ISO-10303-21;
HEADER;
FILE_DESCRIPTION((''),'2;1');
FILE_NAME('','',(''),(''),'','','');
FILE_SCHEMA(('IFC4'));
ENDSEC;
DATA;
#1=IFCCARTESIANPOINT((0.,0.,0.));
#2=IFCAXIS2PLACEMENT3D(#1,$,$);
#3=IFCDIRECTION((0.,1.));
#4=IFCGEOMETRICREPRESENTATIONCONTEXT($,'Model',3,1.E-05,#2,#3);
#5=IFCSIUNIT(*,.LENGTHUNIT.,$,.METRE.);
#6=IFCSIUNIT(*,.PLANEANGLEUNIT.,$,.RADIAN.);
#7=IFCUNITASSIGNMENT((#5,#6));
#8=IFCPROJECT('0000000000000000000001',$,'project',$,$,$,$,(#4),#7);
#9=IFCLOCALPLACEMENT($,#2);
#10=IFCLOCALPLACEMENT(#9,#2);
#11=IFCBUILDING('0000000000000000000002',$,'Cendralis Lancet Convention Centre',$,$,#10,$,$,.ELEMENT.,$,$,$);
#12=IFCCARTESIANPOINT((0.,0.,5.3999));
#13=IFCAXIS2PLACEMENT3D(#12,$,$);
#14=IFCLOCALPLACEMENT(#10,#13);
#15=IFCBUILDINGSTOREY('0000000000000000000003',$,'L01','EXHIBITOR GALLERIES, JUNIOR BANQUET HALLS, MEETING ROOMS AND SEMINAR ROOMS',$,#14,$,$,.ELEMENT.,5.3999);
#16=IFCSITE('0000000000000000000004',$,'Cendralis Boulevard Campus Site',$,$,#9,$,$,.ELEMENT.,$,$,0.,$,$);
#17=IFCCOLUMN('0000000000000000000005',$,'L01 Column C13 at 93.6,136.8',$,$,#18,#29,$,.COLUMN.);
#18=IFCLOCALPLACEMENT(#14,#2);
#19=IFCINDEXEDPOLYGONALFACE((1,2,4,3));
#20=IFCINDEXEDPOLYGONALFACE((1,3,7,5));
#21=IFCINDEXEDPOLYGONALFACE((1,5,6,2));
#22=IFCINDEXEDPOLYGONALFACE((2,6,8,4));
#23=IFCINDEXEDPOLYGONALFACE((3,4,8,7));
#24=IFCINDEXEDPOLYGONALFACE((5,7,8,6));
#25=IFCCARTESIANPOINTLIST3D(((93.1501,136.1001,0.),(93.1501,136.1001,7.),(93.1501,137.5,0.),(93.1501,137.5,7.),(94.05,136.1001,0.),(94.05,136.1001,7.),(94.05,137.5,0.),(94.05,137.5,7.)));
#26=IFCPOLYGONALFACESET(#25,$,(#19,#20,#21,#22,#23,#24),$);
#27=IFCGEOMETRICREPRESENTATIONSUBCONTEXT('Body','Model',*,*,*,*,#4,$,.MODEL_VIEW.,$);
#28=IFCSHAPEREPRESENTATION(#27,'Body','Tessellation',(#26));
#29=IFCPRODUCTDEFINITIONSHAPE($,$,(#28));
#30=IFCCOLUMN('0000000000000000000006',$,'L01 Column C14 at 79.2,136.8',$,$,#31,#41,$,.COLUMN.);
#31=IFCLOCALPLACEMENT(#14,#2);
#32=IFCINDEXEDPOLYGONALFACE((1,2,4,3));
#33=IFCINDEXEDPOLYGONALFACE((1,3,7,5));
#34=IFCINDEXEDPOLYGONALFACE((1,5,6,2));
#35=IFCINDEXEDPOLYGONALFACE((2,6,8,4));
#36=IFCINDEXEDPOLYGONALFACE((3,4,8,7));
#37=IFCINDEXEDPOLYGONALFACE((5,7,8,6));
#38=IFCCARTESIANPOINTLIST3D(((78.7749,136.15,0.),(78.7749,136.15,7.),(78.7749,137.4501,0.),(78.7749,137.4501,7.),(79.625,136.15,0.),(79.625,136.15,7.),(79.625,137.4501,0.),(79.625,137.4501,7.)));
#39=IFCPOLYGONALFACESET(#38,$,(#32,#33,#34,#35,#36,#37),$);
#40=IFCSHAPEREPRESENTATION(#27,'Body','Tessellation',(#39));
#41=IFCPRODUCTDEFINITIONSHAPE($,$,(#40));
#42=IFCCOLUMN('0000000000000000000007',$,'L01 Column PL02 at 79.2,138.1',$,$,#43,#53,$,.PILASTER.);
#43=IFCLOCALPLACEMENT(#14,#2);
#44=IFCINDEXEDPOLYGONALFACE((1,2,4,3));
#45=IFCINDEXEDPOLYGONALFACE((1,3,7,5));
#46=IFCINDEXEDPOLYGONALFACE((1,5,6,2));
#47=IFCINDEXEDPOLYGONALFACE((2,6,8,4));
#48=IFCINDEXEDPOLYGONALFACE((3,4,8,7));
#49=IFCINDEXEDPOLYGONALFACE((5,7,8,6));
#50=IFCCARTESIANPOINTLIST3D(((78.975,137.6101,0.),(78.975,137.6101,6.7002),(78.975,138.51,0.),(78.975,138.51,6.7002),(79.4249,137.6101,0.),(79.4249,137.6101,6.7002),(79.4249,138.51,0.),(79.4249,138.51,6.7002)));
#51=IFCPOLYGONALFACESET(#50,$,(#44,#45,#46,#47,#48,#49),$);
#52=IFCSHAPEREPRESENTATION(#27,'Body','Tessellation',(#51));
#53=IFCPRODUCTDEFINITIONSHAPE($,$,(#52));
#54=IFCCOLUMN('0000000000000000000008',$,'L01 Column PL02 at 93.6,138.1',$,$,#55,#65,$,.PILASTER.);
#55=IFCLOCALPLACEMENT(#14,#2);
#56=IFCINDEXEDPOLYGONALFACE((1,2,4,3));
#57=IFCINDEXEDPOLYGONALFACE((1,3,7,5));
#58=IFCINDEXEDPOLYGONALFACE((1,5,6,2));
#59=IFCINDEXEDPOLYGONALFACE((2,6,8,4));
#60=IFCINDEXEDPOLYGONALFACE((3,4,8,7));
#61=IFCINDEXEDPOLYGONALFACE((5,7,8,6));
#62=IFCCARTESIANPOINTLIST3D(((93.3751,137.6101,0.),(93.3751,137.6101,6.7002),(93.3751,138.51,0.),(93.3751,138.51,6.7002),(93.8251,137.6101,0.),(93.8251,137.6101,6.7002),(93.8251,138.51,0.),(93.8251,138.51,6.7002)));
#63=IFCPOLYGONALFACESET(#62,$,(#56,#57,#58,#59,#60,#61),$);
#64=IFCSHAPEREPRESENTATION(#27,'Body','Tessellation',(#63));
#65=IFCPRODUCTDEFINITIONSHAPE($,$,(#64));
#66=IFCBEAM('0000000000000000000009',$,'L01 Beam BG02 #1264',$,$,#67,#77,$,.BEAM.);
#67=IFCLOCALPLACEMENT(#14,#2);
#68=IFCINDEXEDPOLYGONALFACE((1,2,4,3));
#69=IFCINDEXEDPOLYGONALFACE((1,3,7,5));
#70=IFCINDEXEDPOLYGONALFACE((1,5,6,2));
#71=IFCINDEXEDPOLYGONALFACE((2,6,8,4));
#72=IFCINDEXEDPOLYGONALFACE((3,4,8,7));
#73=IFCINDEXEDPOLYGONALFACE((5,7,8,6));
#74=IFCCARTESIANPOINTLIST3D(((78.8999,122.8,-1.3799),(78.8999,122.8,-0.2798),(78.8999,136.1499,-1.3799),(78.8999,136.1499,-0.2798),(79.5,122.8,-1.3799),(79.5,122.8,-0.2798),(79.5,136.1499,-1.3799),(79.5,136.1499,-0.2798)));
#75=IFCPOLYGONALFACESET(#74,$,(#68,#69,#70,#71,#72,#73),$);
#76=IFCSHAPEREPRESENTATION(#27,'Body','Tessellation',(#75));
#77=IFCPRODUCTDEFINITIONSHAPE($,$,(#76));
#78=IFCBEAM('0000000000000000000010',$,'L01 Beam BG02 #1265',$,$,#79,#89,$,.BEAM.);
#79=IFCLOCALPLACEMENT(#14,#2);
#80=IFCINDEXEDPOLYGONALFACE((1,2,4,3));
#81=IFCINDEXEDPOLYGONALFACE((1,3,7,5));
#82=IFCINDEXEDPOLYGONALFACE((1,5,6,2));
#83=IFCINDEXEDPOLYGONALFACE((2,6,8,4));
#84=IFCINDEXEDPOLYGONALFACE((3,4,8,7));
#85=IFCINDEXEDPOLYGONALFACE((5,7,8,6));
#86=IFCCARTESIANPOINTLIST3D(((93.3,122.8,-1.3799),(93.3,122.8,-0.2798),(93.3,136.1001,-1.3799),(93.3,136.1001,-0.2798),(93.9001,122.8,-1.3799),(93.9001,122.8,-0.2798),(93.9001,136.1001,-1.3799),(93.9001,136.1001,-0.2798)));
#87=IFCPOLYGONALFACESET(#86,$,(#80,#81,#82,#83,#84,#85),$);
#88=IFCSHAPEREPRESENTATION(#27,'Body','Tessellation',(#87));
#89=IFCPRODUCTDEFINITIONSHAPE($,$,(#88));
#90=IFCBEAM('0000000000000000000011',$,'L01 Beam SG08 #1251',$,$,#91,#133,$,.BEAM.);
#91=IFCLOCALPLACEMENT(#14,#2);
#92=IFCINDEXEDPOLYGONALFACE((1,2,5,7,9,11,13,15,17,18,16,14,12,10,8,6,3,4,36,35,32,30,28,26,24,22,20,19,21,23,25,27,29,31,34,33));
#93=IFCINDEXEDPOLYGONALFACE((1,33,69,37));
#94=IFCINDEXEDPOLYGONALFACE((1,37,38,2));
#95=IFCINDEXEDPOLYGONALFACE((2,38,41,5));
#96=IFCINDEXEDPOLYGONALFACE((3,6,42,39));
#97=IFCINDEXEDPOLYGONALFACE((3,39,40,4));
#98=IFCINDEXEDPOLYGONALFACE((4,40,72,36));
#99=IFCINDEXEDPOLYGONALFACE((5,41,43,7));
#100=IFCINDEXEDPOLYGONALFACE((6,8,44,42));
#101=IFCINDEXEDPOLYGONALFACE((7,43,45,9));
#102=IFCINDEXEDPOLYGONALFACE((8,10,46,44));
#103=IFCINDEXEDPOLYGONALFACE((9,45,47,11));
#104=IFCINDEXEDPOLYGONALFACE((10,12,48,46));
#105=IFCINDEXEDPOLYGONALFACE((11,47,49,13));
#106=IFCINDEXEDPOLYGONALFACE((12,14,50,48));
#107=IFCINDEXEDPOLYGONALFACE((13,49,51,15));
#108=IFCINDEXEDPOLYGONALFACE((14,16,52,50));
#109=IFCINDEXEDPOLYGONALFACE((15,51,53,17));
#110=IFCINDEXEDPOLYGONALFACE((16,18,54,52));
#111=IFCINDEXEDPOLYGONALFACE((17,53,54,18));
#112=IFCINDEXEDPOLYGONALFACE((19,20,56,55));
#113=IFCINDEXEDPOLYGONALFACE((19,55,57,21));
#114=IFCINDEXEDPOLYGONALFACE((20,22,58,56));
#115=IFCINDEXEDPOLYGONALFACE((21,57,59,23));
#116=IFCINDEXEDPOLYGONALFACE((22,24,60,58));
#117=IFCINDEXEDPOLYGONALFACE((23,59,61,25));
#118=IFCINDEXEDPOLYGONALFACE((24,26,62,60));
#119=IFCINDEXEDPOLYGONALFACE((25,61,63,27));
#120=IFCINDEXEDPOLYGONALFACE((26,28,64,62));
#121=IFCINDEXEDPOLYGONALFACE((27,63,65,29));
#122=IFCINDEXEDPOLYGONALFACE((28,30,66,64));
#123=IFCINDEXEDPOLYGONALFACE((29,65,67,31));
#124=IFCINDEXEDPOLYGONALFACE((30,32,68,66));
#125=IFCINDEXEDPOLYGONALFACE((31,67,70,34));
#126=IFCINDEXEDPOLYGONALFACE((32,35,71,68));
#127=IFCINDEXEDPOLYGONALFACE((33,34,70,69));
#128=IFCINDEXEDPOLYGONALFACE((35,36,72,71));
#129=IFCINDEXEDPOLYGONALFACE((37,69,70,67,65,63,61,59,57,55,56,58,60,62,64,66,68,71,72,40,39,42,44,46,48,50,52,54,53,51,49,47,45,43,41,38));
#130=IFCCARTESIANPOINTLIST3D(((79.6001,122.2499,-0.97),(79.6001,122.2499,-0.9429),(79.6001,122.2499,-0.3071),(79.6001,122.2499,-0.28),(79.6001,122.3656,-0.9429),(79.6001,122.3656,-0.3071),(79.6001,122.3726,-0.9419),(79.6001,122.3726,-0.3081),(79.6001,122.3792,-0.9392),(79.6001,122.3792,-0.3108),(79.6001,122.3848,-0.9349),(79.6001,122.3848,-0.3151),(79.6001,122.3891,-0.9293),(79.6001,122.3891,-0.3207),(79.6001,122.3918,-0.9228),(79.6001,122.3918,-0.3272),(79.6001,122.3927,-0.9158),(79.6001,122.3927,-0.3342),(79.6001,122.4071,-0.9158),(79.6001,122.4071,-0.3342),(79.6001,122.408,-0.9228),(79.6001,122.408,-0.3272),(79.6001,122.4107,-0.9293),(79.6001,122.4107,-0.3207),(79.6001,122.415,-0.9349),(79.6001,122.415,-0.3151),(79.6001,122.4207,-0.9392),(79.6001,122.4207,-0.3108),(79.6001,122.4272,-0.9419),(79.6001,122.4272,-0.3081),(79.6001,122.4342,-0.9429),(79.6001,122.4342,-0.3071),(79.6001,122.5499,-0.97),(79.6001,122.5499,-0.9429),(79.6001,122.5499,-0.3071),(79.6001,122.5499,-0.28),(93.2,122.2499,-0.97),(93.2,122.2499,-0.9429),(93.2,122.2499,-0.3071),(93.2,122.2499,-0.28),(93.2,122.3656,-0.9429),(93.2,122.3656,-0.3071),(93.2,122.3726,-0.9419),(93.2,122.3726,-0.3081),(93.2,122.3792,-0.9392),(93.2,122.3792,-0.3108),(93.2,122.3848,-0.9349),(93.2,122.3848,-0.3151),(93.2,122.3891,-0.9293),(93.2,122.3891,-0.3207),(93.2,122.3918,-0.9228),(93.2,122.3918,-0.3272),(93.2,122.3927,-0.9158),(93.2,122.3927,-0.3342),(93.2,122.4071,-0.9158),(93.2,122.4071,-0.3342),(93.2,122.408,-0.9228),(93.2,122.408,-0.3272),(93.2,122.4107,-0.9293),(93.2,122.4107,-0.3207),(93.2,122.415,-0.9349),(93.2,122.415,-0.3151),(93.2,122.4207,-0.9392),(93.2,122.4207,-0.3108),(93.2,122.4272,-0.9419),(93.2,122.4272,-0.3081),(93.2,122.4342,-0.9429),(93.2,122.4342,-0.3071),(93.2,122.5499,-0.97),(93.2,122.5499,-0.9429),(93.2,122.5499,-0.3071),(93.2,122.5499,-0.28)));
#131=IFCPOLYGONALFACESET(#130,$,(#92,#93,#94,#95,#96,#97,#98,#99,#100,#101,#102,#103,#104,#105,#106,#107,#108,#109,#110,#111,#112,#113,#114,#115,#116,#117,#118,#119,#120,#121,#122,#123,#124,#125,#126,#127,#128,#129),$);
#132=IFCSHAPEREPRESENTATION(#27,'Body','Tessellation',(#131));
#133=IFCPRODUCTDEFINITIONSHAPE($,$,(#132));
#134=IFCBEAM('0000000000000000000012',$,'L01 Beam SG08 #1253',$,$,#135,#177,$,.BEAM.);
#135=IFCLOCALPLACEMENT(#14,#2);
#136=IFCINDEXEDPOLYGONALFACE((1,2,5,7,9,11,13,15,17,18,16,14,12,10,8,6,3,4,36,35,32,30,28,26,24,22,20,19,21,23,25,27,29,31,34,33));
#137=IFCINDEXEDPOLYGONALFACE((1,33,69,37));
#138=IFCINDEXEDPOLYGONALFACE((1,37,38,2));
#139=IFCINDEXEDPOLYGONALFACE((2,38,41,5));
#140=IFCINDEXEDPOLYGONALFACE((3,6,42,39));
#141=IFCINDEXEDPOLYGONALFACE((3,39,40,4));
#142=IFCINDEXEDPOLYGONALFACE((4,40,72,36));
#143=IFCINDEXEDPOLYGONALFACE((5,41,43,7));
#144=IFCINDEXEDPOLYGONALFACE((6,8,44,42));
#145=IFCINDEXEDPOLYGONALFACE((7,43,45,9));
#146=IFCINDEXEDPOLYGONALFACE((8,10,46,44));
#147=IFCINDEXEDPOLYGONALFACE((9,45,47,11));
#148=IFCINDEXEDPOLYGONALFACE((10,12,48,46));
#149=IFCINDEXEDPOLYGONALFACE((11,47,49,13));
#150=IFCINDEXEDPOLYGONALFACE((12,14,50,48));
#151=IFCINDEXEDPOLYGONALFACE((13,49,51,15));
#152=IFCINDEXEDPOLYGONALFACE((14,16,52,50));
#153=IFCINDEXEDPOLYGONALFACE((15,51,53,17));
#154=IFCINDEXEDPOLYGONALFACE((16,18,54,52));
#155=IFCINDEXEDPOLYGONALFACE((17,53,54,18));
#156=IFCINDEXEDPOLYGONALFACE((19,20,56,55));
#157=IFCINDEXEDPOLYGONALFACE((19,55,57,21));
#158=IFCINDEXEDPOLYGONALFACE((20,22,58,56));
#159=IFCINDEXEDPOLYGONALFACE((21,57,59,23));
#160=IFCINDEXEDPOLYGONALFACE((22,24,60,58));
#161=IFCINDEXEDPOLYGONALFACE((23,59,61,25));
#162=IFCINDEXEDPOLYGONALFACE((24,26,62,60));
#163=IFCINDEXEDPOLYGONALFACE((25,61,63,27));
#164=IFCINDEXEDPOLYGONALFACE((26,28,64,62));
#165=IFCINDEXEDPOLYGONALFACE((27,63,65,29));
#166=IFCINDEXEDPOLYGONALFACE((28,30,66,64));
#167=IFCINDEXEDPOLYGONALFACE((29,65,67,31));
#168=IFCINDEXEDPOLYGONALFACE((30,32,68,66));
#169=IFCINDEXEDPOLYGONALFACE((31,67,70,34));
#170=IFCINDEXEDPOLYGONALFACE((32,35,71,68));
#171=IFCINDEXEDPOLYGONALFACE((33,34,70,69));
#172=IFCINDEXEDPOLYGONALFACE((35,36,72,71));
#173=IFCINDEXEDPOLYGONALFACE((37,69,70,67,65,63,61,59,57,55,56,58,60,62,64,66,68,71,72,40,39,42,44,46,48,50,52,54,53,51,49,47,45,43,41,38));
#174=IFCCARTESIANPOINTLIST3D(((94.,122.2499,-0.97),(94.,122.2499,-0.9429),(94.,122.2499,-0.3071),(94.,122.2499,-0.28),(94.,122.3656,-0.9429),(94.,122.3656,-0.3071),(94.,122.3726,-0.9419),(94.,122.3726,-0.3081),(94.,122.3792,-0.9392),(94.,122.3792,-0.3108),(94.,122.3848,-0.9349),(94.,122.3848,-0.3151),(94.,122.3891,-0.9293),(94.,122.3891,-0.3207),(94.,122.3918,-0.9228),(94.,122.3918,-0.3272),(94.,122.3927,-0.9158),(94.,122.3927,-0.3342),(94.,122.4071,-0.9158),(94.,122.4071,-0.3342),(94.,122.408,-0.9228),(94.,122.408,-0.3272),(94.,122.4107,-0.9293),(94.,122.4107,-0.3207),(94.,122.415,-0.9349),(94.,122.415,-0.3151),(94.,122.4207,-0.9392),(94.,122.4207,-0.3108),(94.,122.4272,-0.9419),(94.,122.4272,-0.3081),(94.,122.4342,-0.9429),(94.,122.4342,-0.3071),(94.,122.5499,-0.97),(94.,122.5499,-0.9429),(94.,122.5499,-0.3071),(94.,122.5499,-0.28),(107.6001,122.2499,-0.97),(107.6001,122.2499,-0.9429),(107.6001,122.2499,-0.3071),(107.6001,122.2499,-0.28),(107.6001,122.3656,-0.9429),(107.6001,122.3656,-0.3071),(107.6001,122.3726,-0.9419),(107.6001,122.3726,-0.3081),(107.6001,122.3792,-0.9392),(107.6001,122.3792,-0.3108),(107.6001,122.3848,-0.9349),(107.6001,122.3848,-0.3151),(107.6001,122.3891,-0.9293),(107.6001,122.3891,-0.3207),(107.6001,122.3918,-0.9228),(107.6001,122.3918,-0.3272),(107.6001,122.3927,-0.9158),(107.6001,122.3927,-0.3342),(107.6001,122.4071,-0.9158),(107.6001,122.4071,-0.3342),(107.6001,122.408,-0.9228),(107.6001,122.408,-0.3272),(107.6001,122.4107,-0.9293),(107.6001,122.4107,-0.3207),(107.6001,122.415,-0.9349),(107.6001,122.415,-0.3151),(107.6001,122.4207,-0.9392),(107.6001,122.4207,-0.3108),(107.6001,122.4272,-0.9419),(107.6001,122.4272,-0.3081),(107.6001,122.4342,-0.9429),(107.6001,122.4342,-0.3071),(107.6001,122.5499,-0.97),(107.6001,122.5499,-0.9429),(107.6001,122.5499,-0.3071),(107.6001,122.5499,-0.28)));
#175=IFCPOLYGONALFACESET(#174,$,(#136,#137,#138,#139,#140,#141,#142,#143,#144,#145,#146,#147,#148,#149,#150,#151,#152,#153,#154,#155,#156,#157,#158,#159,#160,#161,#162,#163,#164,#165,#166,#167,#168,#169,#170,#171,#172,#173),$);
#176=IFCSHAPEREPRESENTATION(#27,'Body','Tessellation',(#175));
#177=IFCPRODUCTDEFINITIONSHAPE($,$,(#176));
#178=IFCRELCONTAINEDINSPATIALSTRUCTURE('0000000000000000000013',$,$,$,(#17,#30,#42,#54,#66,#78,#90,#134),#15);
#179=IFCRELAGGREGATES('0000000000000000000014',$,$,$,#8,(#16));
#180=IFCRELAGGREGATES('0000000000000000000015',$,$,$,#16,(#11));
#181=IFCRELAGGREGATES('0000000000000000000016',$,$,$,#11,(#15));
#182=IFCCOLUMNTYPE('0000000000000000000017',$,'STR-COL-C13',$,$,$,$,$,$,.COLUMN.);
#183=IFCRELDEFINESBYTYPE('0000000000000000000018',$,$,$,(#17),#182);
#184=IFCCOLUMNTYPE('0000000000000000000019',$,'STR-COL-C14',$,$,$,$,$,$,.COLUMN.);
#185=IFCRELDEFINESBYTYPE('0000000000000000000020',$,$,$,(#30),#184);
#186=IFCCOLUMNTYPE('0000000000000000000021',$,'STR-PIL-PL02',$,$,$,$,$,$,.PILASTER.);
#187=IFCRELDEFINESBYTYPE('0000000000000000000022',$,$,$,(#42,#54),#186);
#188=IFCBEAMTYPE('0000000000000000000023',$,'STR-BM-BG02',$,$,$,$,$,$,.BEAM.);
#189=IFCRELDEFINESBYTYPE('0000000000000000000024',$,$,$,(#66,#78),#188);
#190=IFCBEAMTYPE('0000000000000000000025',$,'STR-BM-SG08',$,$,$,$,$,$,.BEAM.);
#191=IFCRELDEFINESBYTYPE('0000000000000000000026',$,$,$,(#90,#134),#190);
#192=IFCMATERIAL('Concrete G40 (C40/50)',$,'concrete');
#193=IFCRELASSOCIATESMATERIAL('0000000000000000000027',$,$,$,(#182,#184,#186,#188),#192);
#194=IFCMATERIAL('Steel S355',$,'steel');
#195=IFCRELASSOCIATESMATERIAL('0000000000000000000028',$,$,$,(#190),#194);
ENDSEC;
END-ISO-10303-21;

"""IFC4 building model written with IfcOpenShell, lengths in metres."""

from ifc_helpers import new_model, si_unit, direction, frame, origin, origin_2d, place, context, subcontext, project, spatial, rectangle, i_section, extrude, material, material_profile, profile_set, type_object, element, save


model = new_model("IFC4")

# Units and contexts
model_context = context("Model", 3, precision=1e-05, world=origin(), true_north=direction((0.0, 1.0)))
body_context = subcontext(model_context, "Body", "Model", "MODEL_VIEW")
ifc_project = project(units=[si_unit("LENGTHUNIT", "METRE"), si_unit("PLANEANGLEUNIT", "RADIAN")], contexts=[model_context])

# Site, building, storey
site_placement = place(None, origin())
site = spatial("IfcSite", under=ifc_project, at=site_placement, Name="Cendralis Boulevard Campus Site", CompositionType="ELEMENT", RefElevation=0.0)
building_placement = place(site_placement, origin())
building = spatial("IfcBuilding", under=site, at=building_placement, Name="Cendralis Lancet Convention Centre", CompositionType="ELEMENT")
storey_placement = place(building_placement, frame((0.0, 0.0, 5.3999)))
storey = spatial("IfcBuildingStorey", under=building, at=storey_placement, Name="L01", Description="EXHIBITOR GALLERIES, JUNIOR BANQUET HALLS, MEETING ROOMS AND SEMINAR ROOMS", CompositionType="ELEMENT", Elevation=5.3999)

# Columns
ifc_material_1 = material(Name="Concrete G40 (C40/50)", Category="concrete")
ifc_material_profile_1 = material_profile(ifc_material_1, rectangle(XDim=0.8999, YDim=1.3999, at=origin_2d()), Name="RC 900x1400")
ifc_profile_set_1 = profile_set([ifc_material_profile_1], Name="Concrete G40 (C40/50)")
column_type_1 = type_object("IfcColumnType", Name="STR-COL-C13", PredefinedType="COLUMN", material=ifc_profile_set_1)
column_1_placement = place(storey_placement, frame((93.6001, 136.8, 0.0), z_axis=(0.0, 0.0, 1.0), x_axis=(1.0, 0.0, 0.0)))
element("IfcColumn", 1, at=column_1_placement, inside=storey, type_object=column_type_1, Name="L01 Column C13 at 93.6,136.8", PredefinedType="COLUMN", context=body_context, shape_type="SweptSolid", body=[
    extrude(rectangle(XDim=0.8999, YDim=1.3999, at=origin_2d()), origin(), (0.0, 0.0, 1.0), 7.0),
])
ifc_material_profile_2 = material_profile(ifc_material_1, rectangle(XDim=0.8501, YDim=1.3, at=origin_2d()), Name="RC 850x1300")
ifc_profile_set_2 = profile_set([ifc_material_profile_2], Name="Concrete G40 (C40/50)")
column_type_2 = type_object("IfcColumnType", Name="STR-COL-C14", PredefinedType="COLUMN", material=ifc_profile_set_2)
column_2_placement = place(storey_placement, frame((79.2, 136.8, 0.0), z_axis=(0.0, 0.0, 1.0), x_axis=(1.0, 0.0, 0.0)))
element("IfcColumn", 2, at=column_2_placement, inside=storey, type_object=column_type_2, Name="L01 Column C14 at 79.2,136.8", PredefinedType="COLUMN", context=body_context, shape_type="SweptSolid", body=[
    extrude(rectangle(XDim=0.8501, YDim=1.3, at=origin_2d()), origin(), (0.0, 0.0, 1.0), 7.0),
])
ifc_material_profile_3 = material_profile(ifc_material_1, rectangle(XDim=0.45, YDim=0.8999, at=origin_2d()), Name="RC 450x900")
ifc_profile_set_3 = profile_set([ifc_material_profile_3], Name="Concrete G40 (C40/50)")
column_type_3 = type_object("IfcColumnType", Name="STR-PIL-PL02", PredefinedType="PILASTER", material=ifc_profile_set_3)
for number, where, z_axis, x_axis, name in (
    (3, (79.2, 138.0601, 0.0), (0.0, 0.0, 1.0), (1.0, 0.0, 0.0), "L01 Column PL02 at 79.2,138.1"),
    (4, (93.6001, 138.0601, 0.0), (0.0, 0.0, 1.0), (1.0, 0.0, 0.0), "L01 Column PL02 at 93.6,138.1"),
):
    element("IfcColumn", number, at=place(storey_placement, frame(where, z_axis=z_axis, x_axis=x_axis)), inside=storey, type_object=column_type_3, Name=name, PredefinedType="PILASTER", context=body_context, shape_type="SweptSolid", body=[
        extrude(rectangle(XDim=0.45, YDim=0.8999, at=origin_2d()), origin(), (0.0, 0.0, 1.0), 6.7002),
    ])

# Beams
ifc_material_profile_4 = material_profile(ifc_material_1, rectangle(XDim=0.6001, YDim=1.1001, at=origin_2d()), Name="RCB 600x1100")
ifc_profile_set_4 = profile_set([ifc_material_profile_4], Name="Concrete G40 (C40/50)")
beam_type_1 = type_object("IfcBeamType", Name="STR-BM-BG02", PredefinedType="BEAM", material=ifc_profile_set_4)
beam_1_placement = place(storey_placement, frame((79.2, 122.8, -0.8298), z_axis=(0.0, 1.0, 0.0), x_axis=(-1.0, 0.0, 0.0)))
element("IfcBeam", 5, at=beam_1_placement, inside=storey, type_object=beam_type_1, Name="L01 Beam BG02 #1264", PredefinedType="BEAM", context=body_context, shape_type="SweptSolid", body=[
    extrude(rectangle(XDim=0.6001, YDim=1.1001, at=origin_2d()), origin(), (0.0, 0.0, 1.0), 13.3499),
])
beam_2_placement = place(storey_placement, frame((93.6001, 122.8, -0.8298), z_axis=(0.0, 1.0, 0.0), x_axis=(-1.0, 0.0, 0.0)))
element("IfcBeam", 6, at=beam_2_placement, inside=storey, type_object=beam_type_1, Name="L01 Beam BG02 #1265", PredefinedType="BEAM", context=body_context, shape_type="SweptSolid", body=[
    extrude(rectangle(XDim=0.6001, YDim=1.1001, at=origin_2d()), origin(), (0.0, 0.0, 1.0), 13.3),
])
ifc_material_2 = material(Name="Steel S355", Category="steel")
ifc_material_profile_5 = material_profile(ifc_material_2, i_section(OverallWidth=0.3, OverallDepth=0.6899, WebThickness=0.0144, FlangeThickness=0.0271, FilletRadius=0.0271, at=origin_2d()), Name="HEA 700")
ifc_profile_set_5 = profile_set([ifc_material_profile_5], Name="Steel S355")
beam_type_2 = type_object("IfcBeamType", Name="STR-BM-SG08", PredefinedType="BEAM", material=ifc_profile_set_5)
beam_3_placement = place(storey_placement, frame((79.6001, 122.3999, -0.625), z_axis=(1.0, 0.0, 0.0), x_axis=(0.0, 1.0, 0.0)))
element("IfcBeam", 7, at=beam_3_placement, inside=storey, type_object=beam_type_2, Name="L01 Beam SG08 #1251", PredefinedType="BEAM", context=body_context, shape_type="SweptSolid", body=[
    extrude(i_section(OverallWidth=0.3, OverallDepth=0.6899, WebThickness=0.0144, FlangeThickness=0.0271, FilletRadius=0.0271, at=origin_2d()), origin(), (0.0, 0.0, 1.0), 13.5999),
])
beam_4_placement = place(storey_placement, frame((94.0, 122.3999, -0.625), z_axis=(1.0, 0.0, 0.0), x_axis=(0.0, 1.0, 0.0)))
element("IfcBeam", 8, at=beam_4_placement, inside=storey, type_object=beam_type_2, Name="L01 Beam SG08 #1253", PredefinedType="BEAM", context=body_context, shape_type="SweptSolid", body=[
    extrude(i_section(OverallWidth=0.3, OverallDepth=0.6899, WebThickness=0.0144, FlangeThickness=0.0271, FilletRadius=0.0271, at=origin_2d()), origin(), (0.0, 0.0, 1.0), 13.6001),
])

save(model, "model.ifc")
